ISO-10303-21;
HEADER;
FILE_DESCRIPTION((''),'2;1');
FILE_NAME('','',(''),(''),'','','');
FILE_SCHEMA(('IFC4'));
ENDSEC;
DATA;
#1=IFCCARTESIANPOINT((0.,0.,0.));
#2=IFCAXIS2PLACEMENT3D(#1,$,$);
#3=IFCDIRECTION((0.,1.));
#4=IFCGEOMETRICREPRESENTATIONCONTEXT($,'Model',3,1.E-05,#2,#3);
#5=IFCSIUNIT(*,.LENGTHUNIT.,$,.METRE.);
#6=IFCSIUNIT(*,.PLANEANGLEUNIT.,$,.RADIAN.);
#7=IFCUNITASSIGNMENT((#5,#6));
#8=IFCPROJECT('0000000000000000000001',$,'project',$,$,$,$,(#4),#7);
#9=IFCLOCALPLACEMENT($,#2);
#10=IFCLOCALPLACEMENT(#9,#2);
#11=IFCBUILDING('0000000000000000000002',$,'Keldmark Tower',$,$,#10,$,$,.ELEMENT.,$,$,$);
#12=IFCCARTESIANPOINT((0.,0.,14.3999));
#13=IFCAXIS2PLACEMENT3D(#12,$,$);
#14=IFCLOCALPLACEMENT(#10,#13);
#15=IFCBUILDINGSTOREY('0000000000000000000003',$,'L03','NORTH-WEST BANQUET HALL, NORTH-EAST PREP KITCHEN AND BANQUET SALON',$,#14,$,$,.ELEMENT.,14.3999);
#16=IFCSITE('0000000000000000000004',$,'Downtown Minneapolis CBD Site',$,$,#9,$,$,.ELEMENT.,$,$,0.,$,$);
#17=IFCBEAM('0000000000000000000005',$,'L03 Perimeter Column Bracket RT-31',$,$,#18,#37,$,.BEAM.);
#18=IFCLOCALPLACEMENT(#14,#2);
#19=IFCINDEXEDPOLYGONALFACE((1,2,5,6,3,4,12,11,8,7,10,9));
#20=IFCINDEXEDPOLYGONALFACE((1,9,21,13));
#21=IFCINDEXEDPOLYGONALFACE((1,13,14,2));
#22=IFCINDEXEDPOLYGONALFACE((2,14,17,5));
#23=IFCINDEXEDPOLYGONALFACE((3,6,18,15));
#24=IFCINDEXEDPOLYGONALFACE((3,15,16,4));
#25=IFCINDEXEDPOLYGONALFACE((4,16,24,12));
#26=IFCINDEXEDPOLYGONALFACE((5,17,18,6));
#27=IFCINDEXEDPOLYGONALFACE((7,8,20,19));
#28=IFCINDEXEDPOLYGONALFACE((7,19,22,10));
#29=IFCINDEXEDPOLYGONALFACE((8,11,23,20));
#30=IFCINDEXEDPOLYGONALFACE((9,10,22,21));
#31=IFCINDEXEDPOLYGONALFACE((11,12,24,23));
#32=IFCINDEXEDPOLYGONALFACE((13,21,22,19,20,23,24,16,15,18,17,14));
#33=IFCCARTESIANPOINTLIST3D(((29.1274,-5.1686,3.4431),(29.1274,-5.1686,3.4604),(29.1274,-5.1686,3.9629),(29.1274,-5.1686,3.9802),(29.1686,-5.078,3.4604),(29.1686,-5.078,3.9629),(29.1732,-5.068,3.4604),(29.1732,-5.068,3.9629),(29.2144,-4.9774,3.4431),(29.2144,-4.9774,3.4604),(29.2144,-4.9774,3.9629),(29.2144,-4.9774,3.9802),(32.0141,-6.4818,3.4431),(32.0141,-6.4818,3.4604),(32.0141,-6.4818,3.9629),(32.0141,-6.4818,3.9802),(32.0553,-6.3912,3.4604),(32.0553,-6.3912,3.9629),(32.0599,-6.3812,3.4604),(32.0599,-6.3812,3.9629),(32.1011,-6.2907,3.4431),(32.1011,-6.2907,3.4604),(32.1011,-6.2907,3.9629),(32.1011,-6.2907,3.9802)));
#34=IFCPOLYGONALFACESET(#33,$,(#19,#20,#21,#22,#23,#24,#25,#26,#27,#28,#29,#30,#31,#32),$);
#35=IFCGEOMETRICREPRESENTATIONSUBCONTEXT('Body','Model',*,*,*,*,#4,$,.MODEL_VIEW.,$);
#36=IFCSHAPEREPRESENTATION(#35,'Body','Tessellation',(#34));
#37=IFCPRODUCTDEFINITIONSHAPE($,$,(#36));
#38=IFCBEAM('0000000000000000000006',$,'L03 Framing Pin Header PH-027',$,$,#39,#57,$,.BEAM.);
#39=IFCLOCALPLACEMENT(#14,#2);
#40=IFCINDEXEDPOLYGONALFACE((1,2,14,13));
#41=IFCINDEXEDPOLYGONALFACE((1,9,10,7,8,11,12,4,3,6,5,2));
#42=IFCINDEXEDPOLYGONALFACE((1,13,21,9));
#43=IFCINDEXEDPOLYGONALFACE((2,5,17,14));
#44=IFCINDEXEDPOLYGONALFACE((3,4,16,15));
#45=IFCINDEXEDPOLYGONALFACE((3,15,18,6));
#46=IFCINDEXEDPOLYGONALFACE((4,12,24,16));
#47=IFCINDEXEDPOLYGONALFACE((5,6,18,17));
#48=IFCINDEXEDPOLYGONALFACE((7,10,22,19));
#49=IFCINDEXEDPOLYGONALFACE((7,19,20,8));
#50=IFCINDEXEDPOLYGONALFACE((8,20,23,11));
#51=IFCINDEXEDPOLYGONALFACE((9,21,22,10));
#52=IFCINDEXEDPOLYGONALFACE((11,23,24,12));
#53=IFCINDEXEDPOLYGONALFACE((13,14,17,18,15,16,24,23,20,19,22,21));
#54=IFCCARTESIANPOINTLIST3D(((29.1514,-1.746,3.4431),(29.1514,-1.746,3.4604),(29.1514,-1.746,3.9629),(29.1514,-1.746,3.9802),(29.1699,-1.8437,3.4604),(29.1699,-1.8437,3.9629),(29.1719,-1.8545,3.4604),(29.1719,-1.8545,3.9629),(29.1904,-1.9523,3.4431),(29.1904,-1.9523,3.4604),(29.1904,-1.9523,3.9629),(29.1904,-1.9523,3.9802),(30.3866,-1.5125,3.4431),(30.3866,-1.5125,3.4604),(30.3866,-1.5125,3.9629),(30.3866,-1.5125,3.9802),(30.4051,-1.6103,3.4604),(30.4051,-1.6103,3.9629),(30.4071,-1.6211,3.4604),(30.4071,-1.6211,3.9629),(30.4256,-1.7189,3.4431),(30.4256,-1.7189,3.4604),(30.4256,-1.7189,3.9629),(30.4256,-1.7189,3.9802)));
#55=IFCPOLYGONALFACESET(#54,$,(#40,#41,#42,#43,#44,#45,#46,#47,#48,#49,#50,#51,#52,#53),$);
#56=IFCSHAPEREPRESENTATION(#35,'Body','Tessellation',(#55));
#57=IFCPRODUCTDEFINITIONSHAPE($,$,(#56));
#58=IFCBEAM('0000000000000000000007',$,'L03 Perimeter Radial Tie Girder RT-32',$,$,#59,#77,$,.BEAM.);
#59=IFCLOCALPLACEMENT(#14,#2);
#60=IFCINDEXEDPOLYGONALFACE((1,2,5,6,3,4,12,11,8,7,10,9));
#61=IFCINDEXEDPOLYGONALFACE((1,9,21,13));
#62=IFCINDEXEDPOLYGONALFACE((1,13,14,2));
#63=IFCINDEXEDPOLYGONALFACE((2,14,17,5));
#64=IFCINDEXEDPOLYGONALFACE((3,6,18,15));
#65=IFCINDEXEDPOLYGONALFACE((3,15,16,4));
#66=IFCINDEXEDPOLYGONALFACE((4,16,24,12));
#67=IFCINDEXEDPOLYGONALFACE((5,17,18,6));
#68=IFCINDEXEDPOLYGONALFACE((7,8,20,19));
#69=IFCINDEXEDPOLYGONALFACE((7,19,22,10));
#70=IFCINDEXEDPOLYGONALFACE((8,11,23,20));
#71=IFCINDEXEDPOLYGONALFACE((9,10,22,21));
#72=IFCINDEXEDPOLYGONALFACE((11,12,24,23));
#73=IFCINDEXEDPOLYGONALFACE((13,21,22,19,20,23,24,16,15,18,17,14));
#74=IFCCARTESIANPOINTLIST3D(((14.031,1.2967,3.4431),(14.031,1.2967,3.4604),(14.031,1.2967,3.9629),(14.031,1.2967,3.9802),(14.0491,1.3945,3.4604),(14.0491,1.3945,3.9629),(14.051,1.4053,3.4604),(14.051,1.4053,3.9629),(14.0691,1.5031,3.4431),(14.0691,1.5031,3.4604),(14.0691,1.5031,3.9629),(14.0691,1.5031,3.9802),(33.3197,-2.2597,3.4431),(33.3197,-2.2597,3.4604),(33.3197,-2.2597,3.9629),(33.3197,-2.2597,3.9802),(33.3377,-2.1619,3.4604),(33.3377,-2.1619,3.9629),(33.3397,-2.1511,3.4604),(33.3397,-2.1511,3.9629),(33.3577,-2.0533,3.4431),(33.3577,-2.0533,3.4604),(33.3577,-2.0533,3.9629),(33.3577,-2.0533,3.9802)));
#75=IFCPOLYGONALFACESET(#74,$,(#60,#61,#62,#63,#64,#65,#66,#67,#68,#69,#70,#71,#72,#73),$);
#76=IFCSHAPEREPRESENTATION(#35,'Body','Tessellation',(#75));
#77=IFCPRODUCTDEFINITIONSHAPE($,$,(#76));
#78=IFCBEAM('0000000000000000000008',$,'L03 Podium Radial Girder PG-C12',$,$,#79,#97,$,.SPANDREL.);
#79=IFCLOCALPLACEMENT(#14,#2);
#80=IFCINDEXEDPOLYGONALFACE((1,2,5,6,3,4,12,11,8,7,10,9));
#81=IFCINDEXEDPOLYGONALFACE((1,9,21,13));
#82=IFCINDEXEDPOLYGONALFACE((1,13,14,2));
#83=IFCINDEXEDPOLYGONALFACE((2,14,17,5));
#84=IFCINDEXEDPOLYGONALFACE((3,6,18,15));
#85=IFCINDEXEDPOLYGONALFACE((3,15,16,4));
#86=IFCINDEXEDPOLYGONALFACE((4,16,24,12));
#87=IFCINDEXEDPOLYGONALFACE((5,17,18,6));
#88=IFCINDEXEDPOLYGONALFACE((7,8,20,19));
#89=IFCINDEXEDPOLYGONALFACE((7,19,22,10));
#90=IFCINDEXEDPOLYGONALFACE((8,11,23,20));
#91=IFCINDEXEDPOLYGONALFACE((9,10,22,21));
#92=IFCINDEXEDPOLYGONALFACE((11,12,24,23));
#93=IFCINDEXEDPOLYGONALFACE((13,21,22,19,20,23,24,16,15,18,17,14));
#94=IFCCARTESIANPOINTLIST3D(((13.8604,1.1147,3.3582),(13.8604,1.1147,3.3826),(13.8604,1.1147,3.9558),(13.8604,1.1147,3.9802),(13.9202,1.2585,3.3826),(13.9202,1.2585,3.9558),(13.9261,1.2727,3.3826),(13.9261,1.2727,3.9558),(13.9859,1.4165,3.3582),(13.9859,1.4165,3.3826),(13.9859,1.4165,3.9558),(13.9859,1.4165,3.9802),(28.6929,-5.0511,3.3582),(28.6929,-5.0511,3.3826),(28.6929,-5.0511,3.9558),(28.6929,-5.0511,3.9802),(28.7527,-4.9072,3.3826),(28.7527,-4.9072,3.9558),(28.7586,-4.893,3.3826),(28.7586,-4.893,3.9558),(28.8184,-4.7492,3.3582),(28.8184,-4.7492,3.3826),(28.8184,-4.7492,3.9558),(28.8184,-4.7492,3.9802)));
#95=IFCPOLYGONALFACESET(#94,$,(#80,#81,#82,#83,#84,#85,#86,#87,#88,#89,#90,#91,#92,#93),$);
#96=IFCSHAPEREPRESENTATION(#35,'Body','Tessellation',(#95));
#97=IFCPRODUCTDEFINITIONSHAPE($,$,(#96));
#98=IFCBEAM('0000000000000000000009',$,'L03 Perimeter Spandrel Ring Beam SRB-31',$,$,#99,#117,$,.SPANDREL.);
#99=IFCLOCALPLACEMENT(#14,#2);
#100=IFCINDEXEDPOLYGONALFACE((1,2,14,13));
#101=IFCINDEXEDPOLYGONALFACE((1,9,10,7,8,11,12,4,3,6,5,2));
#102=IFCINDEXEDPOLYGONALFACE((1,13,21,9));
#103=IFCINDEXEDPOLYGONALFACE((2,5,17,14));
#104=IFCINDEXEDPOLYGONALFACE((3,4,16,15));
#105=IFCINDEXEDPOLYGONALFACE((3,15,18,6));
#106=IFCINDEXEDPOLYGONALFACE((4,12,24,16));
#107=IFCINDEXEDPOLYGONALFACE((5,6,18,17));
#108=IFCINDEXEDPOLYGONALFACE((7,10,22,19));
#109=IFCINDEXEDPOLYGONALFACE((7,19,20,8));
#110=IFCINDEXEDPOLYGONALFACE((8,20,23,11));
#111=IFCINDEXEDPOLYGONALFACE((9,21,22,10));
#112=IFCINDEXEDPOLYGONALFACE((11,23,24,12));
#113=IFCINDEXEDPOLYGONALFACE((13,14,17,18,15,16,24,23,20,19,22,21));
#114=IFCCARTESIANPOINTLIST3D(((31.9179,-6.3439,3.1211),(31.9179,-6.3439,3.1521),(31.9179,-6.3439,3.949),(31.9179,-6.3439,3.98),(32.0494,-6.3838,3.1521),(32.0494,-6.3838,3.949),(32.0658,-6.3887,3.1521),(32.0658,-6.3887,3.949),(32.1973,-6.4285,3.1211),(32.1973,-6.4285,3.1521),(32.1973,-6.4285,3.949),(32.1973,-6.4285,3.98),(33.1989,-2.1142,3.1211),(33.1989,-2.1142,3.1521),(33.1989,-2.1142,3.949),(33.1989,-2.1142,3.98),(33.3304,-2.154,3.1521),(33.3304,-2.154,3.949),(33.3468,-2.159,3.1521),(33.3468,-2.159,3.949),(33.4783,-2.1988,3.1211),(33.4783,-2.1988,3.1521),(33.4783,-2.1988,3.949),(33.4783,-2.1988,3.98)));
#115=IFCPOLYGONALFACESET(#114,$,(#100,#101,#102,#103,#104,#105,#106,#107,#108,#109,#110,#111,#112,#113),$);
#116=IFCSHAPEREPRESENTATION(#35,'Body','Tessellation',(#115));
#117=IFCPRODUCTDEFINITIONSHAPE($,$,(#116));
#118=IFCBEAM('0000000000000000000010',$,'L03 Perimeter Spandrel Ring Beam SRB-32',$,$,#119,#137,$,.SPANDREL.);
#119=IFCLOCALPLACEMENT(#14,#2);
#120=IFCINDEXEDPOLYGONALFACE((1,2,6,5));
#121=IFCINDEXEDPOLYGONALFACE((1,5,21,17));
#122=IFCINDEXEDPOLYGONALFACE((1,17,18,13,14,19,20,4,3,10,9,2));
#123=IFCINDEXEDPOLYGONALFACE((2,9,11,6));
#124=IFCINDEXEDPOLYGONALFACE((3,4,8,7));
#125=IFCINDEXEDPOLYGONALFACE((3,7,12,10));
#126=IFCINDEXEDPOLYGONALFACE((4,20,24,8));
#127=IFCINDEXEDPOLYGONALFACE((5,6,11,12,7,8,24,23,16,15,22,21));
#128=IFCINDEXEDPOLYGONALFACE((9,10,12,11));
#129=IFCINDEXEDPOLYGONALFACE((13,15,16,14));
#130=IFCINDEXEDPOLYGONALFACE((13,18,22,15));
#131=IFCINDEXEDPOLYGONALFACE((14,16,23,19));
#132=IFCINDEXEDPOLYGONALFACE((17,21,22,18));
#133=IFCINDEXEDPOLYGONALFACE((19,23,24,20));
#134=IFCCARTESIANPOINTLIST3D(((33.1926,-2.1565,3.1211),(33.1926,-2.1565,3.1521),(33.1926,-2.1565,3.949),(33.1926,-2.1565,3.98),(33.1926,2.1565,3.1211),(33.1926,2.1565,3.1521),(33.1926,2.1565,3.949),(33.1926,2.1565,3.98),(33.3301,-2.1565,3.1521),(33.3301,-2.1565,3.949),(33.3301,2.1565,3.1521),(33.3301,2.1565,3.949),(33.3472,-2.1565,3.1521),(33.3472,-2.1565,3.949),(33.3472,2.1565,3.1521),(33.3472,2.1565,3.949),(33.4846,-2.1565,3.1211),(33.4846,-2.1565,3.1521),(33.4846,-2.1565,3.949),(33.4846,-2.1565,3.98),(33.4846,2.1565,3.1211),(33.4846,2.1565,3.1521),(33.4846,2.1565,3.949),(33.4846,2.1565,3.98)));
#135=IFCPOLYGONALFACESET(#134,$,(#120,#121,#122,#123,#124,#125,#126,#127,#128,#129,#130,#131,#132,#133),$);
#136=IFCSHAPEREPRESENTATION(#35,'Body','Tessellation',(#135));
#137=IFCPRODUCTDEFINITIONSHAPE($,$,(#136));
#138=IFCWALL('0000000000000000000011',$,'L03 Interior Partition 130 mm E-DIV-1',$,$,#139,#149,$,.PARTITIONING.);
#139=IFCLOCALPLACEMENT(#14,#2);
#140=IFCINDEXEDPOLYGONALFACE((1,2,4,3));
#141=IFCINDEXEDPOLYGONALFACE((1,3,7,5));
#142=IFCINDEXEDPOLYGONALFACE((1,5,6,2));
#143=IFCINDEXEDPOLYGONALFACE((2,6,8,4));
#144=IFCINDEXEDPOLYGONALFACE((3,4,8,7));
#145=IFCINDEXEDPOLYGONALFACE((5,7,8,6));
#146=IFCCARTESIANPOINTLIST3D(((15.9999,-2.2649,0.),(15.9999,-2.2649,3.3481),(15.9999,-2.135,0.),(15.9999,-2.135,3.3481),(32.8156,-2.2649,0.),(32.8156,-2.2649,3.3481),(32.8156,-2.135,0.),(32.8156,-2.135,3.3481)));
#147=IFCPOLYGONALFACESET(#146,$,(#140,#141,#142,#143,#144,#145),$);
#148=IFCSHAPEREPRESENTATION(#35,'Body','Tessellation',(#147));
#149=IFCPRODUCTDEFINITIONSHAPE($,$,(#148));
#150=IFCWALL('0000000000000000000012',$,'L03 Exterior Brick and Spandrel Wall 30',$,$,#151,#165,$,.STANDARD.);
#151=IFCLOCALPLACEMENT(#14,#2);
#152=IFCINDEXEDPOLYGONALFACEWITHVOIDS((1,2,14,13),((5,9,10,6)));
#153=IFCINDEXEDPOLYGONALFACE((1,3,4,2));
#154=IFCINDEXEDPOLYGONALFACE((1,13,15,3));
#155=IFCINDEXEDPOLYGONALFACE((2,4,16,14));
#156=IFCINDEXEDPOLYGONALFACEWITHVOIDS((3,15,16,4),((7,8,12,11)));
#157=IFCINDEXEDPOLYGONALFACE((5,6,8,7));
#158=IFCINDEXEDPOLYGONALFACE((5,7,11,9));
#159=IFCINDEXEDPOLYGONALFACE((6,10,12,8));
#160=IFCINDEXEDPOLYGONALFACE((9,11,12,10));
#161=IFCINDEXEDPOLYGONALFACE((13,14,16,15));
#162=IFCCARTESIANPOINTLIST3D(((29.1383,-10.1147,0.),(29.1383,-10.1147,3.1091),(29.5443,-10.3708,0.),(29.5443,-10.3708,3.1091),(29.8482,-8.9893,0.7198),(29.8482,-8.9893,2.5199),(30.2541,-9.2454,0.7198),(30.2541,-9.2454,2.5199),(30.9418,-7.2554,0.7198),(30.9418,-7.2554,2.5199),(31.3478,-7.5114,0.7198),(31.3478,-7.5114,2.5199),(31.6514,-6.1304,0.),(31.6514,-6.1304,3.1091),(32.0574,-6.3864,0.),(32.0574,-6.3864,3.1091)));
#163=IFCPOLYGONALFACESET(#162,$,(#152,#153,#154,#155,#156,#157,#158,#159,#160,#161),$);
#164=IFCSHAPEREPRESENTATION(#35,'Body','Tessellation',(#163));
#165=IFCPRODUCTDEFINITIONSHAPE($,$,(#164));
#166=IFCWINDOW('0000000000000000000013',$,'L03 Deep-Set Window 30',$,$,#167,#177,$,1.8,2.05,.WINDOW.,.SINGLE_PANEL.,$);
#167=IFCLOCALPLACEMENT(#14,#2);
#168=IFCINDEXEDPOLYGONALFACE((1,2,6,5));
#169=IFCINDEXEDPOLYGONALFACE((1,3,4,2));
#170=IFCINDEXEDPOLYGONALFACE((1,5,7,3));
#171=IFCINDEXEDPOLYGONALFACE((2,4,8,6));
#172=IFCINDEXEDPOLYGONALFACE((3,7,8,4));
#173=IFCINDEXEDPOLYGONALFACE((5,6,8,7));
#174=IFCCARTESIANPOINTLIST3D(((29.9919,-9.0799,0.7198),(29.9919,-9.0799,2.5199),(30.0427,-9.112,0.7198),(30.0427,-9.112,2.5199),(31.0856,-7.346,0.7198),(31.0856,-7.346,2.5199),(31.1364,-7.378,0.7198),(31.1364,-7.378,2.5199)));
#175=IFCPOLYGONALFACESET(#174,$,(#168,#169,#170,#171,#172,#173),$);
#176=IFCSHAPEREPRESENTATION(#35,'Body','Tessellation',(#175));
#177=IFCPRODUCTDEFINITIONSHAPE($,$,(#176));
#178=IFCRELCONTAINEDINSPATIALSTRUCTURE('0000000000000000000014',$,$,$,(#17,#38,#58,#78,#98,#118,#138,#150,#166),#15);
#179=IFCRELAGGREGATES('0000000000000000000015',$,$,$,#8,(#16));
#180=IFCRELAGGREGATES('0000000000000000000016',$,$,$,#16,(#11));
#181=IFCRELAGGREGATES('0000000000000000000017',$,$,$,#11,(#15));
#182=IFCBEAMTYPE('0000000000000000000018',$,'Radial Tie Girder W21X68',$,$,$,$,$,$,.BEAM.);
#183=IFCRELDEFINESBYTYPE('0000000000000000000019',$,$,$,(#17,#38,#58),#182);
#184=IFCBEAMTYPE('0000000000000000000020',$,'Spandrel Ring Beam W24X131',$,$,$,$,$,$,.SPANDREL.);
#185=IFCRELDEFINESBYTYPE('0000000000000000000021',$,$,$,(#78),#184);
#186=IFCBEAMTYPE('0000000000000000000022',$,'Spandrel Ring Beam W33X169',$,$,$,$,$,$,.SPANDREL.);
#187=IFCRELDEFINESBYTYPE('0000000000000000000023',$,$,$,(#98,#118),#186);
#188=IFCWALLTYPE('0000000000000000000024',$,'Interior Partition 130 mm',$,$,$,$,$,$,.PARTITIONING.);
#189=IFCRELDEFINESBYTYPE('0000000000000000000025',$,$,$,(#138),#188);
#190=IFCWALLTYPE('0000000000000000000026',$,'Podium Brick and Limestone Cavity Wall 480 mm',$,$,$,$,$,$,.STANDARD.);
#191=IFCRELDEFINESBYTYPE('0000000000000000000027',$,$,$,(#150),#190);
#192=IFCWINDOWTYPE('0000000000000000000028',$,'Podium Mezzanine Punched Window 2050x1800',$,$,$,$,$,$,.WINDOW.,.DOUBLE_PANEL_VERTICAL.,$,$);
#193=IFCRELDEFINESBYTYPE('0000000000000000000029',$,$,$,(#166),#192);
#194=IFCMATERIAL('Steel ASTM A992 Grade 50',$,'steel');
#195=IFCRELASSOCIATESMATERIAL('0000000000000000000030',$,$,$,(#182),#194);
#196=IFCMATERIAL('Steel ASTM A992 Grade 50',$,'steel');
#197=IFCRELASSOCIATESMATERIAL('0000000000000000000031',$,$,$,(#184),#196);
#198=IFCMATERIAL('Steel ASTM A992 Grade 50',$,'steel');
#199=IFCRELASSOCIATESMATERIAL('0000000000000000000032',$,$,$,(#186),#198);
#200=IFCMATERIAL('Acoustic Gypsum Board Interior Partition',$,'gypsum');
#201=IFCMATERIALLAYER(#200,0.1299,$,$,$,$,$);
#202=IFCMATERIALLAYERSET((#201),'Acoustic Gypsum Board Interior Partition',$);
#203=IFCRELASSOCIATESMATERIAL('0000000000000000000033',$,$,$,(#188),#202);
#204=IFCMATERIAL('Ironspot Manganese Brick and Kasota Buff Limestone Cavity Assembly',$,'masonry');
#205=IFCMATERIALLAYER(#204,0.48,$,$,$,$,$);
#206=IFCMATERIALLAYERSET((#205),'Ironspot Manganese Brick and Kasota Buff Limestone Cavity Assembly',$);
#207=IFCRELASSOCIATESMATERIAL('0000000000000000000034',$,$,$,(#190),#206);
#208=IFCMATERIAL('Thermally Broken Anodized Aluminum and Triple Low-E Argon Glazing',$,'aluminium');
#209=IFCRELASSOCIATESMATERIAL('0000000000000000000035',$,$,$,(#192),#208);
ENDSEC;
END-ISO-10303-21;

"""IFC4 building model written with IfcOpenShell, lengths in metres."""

from ifc_helpers import new_model, si_unit, direction, frame, frame_2d, origin, origin_2d, place, context, subcontext, project, spatial, rectangle, i_section, extrude, material, layer, layer_set, material_profile, profile_set, type_object, element, fill, save


model = new_model("IFC4")

# Units and contexts
model_context = context("Model", 3, precision=1e-05, world=origin(), true_north=direction((0.0, 1.0)))
body_context = subcontext(model_context, "Body", "Model", "MODEL_VIEW")
ifc_project = project(units=[si_unit("LENGTHUNIT", "METRE"), si_unit("PLANEANGLEUNIT", "RADIAN")], contexts=[model_context])

# Site, building, storey
site_placement = place(None, origin())
site = spatial("IfcSite", under=ifc_project, at=site_placement, Name="Downtown Minneapolis CBD Site", CompositionType="ELEMENT", RefElevation=0.0)
building_placement = place(site_placement, origin())
building = spatial("IfcBuilding", under=site, at=building_placement, Name="Keldmark Tower", CompositionType="ELEMENT")
storey_placement = place(building_placement, frame((0.0, 0.0, 14.3999)))
storey = spatial("IfcBuildingStorey", under=building, at=storey_placement, Name="L03", Description="NORTH-WEST BANQUET HALL, NORTH-EAST PREP KITCHEN AND BANQUET SALON", CompositionType="ELEMENT", Elevation=14.3999)

# Beams
ifc_material_1 = material(Name="Steel ASTM A992 Grade 50", Category="steel")
ifc_material_profile_1 = material_profile(ifc_material_1, i_section(OverallWidth=0.21, OverallDepth=0.5371, WebThickness=0.011, FlangeThickness=0.0173, at=origin_2d()), Name="W21X68")
ifc_profile_set_1 = profile_set([ifc_material_profile_1], Name="Steel ASTM A992 Grade 50")
beam_type_1 = type_object("IfcBeamType", Name="Radial Tie Girder W21X68", PredefinedType="BEAM", material=ifc_profile_set_1)
beam_1_placement = place(storey_placement, frame((29.1709, -5.073, 3.7117), z_axis=(0.910237, -0.414087, 0.0), x_axis=(0.414087, 0.910237, 0.0)))
element("IfcBeam", 1, at=beam_1_placement, inside=storey, type_object=beam_type_1, Name="L03 Perimeter Column Bracket RT-31", PredefinedType="BEAM", context=body_context, shape_type="SweptSolid", body=[
    extrude(i_section(OverallWidth=0.21, OverallDepth=0.5371, WebThickness=0.011, FlangeThickness=0.0173, at=origin_2d()), origin(), (0.0, 0.0, 1.0), 3.1714),
])
beam_2_placement = place(storey_placement, frame((29.1709, -1.8491, 3.7117), z_axis=(0.98261, 0.185684, 0.0), x_axis=(-0.185684, 0.98261, 0.0)))
element("IfcBeam", 2, at=beam_2_placement, inside=storey, type_object=beam_type_1, Name="L03 Framing Pin Header PH-027", PredefinedType="BEAM", context=body_context, shape_type="SweptSolid", body=[
    extrude(i_section(OverallWidth=0.21, OverallDepth=0.5371, WebThickness=0.011, FlangeThickness=0.0173, at=origin_2d()), origin(), (0.0, 0.0, 1.0), 1.2571),
])
beam_3_placement = place(storey_placement, frame((14.05, 1.3999, 3.7117), z_axis=(0.983424, -0.181322, 0.0), x_axis=(0.181322, 0.983424, 0.0)))
element("IfcBeam", 3, at=beam_3_placement, inside=storey, type_object=beam_type_1, Name="L03 Perimeter Radial Tie Girder RT-32", PredefinedType="BEAM", context=body_context, shape_type="SweptSolid", body=[
    extrude(i_section(OverallWidth=0.21, OverallDepth=0.5371, WebThickness=0.011, FlangeThickness=0.0173, at=origin_2d()), origin(), (0.0, 0.0, 1.0), 19.6138),
])
ifc_material_2 = material(Name="Steel ASTM A992 Grade 50", Category="steel")
ifc_material_profile_2 = material_profile(ifc_material_2, i_section(OverallWidth=0.3269, OverallDepth=0.6221, WebThickness=0.0154, FlangeThickness=0.0244, at=origin_2d()), Name="W24X131")
ifc_profile_set_2 = profile_set([ifc_material_profile_2], Name="Steel ASTM A992 Grade 50")
beam_type_2 = type_object("IfcBeamType", Name="Spandrel Ring Beam W24X131", PredefinedType="SPANDREL", material=ifc_profile_set_2)
beam_4_placement = place(storey_placement, frame((28.7556, -4.9001, 3.6692), z_axis=(-0.923396, 0.383849, 0.0), x_axis=(-0.383849, -0.923396, 0.0)))
element("IfcBeam", 4, at=beam_4_placement, inside=storey, type_object=beam_type_2, Name="L03 Podium Radial Girder PG-C12", PredefinedType="SPANDREL", context=body_context, shape_type="SweptSolid", body=[
    extrude(i_section(OverallWidth=0.3269, OverallDepth=0.6221, WebThickness=0.0154, FlangeThickness=0.0244, at=origin_2d()), origin(), (0.0, 0.0, 1.0), 16.063),
])
ifc_material_3 = material(Name="Steel ASTM A992 Grade 50", Category="steel")
ifc_material_profile_3 = material_profile(ifc_material_3, i_section(OverallWidth=0.292, OverallDepth=0.8589, WebThickness=0.0171, FlangeThickness=0.031, at=origin_2d()), Name="W33X169")
ifc_profile_set_3 = profile_set([ifc_material_profile_3], Name="Steel ASTM A992 Grade 50")
beam_type_3 = type_object("IfcBeamType", Name="Spandrel Ring Beam W33X169", PredefinedType="SPANDREL", material=ifc_profile_set_3)
beam_5_placement = place(storey_placement, frame((32.0576, -6.3862, 3.5505), z_axis=(0.289856, 0.95707, 0.0), x_axis=(-0.95707, 0.289856, 0.0)))
element("IfcBeam", 5, at=beam_5_placement, inside=storey, type_object=beam_type_3, Name="L03 Perimeter Spandrel Ring Beam SRB-31", PredefinedType="SPANDREL", context=body_context, shape_type="SweptSolid", body=[
    extrude(i_section(OverallWidth=0.292, OverallDepth=0.8589, WebThickness=0.0171, FlangeThickness=0.031, at=origin_2d()), origin(), (0.0, 0.0, 1.0), 4.4194),
])
beam_6_placement = place(storey_placement, frame((33.3386, -2.1565, 3.5505), z_axis=(0.0, 1.0, 0.0), x_axis=(-1.0, 0.0, 0.0)))
element("IfcBeam", 6, at=beam_6_placement, inside=storey, type_object=beam_type_3, Name="L03 Perimeter Spandrel Ring Beam SRB-32", PredefinedType="SPANDREL", context=body_context, shape_type="SweptSolid", body=[
    extrude(i_section(OverallWidth=0.292, OverallDepth=0.8589, WebThickness=0.0171, FlangeThickness=0.031, at=origin_2d()), origin(), (0.0, 0.0, 1.0), 4.313),
])

# Wall
ifc_material_4 = material(Name="Acoustic Gypsum Board Interior Partition", Category="gypsum")
ifc_layer_1 = layer(ifc_material_4, 0.1299)
ifc_layer_set_1 = layer_set([ifc_layer_1], Name="Acoustic Gypsum Board Interior Partition")
wall_type_1 = type_object("IfcWallType", Name="Interior Partition 130 mm", PredefinedType="PARTITIONING", material=ifc_layer_set_1)
wall_1_placement = place(storey_placement, frame((16.0, -2.2, 0.0), z_axis=(0.0, 0.0, 1.0), x_axis=(1.0, 0.0, 0.0)))
element("IfcWall", 7, at=wall_1_placement, inside=storey, type_object=wall_type_1, Name="L03 Interior Partition 130 mm E-DIV-1", PredefinedType="PARTITIONING", context=body_context, shape_type="SweptSolid", body=[
    extrude(rectangle(XDim=16.8157, YDim=0.1299, at=frame_2d((8.4077, 0.0))), origin(), (0.0, 0.0, 1.0), 3.3481),
])

# Wall, opening, window
ifc_material_5 = material(Name="Ironspot Manganese Brick and Kasota Buff Limestone Cavity Assembly", Category="masonry")
ifc_layer_2 = layer(ifc_material_5, 0.48)
ifc_layer_set_2 = layer_set([ifc_layer_2], Name="Ironspot Manganese Brick and Kasota Buff Limestone Cavity Assembly")
wall_type_2 = type_object("IfcWallType", Name="Podium Brick and Limestone Cavity Wall 480 mm", PredefinedType="STANDARD", material=ifc_layer_set_2)
wall_2_placement = place(storey_placement, frame((31.8545, -6.2583, 0.0), z_axis=(0.0, 0.0, 1.0), x_axis=(-0.533498, -0.845802, 0.0)))
wall_2 = element("IfcWall", 8, at=wall_2_placement, inside=storey, type_object=wall_type_2, Name="L03 Exterior Brick and Spandrel Wall 30", PredefinedType="STANDARD", context=body_context, shape_type="SweptSolid", body=[
    extrude(rectangle(XDim=4.7107, YDim=0.48, at=frame_2d((2.3555, 0.0))), origin(), (0.0, 0.0, 1.0), 3.1091),
])
opening_1_placement = place(wall_2_placement, frame((1.3303, 0.0, 0.72)))
opening_1 = element("IfcOpeningElement", 9, at=opening_1_placement, cuts=wall_2, PredefinedType="OPENING", context=body_context, shape_type="SweptSolid", body=[
    extrude(rectangle(XDim=2.05, YDim=1.8, at=frame_2d((1.0249, 0.8999))), frame((0.0, 0.25, 0.0), z_axis=(0.0, -1.0, 0.0), x_axis=(1.0, 0.0, 0.0)), (0.0, 0.0, 1.0), 0.5),
])
ifc_material_6 = material(Name="Thermally Broken Anodized Aluminum and Triple Low-E Argon Glazing", Category="aluminium")
window_type = type_object("IfcWindowType", Name="Podium Mezzanine Punched Window 2050x1800", PartitioningType="DOUBLE_PANEL_VERTICAL", PredefinedType="WINDOW", material=ifc_material_6)
window_1_placement = place(opening_1_placement, origin())
window_1 = element("IfcWindow", 10, at=window_1_placement, inside=storey, type_object=window_type, Name="L03 Deep-Set Window 30", OverallHeight=1.8, OverallWidth=2.05, PartitioningType="SINGLE_PANEL", PredefinedType="WINDOW", context=body_context, shape_type="SweptSolid", body=[
    extrude(rectangle(XDim=2.05, YDim=1.8, at=frame_2d((1.0249, 0.8999))), frame((0.0, -0.01, 0.0), z_axis=(0.0, -1.0, 0.0), x_axis=(1.0, 0.0, 0.0)), (0.0, 0.0, 1.0), 0.0601),
])
fill(opening_1, window_1)

save(model, "model.ifc")
